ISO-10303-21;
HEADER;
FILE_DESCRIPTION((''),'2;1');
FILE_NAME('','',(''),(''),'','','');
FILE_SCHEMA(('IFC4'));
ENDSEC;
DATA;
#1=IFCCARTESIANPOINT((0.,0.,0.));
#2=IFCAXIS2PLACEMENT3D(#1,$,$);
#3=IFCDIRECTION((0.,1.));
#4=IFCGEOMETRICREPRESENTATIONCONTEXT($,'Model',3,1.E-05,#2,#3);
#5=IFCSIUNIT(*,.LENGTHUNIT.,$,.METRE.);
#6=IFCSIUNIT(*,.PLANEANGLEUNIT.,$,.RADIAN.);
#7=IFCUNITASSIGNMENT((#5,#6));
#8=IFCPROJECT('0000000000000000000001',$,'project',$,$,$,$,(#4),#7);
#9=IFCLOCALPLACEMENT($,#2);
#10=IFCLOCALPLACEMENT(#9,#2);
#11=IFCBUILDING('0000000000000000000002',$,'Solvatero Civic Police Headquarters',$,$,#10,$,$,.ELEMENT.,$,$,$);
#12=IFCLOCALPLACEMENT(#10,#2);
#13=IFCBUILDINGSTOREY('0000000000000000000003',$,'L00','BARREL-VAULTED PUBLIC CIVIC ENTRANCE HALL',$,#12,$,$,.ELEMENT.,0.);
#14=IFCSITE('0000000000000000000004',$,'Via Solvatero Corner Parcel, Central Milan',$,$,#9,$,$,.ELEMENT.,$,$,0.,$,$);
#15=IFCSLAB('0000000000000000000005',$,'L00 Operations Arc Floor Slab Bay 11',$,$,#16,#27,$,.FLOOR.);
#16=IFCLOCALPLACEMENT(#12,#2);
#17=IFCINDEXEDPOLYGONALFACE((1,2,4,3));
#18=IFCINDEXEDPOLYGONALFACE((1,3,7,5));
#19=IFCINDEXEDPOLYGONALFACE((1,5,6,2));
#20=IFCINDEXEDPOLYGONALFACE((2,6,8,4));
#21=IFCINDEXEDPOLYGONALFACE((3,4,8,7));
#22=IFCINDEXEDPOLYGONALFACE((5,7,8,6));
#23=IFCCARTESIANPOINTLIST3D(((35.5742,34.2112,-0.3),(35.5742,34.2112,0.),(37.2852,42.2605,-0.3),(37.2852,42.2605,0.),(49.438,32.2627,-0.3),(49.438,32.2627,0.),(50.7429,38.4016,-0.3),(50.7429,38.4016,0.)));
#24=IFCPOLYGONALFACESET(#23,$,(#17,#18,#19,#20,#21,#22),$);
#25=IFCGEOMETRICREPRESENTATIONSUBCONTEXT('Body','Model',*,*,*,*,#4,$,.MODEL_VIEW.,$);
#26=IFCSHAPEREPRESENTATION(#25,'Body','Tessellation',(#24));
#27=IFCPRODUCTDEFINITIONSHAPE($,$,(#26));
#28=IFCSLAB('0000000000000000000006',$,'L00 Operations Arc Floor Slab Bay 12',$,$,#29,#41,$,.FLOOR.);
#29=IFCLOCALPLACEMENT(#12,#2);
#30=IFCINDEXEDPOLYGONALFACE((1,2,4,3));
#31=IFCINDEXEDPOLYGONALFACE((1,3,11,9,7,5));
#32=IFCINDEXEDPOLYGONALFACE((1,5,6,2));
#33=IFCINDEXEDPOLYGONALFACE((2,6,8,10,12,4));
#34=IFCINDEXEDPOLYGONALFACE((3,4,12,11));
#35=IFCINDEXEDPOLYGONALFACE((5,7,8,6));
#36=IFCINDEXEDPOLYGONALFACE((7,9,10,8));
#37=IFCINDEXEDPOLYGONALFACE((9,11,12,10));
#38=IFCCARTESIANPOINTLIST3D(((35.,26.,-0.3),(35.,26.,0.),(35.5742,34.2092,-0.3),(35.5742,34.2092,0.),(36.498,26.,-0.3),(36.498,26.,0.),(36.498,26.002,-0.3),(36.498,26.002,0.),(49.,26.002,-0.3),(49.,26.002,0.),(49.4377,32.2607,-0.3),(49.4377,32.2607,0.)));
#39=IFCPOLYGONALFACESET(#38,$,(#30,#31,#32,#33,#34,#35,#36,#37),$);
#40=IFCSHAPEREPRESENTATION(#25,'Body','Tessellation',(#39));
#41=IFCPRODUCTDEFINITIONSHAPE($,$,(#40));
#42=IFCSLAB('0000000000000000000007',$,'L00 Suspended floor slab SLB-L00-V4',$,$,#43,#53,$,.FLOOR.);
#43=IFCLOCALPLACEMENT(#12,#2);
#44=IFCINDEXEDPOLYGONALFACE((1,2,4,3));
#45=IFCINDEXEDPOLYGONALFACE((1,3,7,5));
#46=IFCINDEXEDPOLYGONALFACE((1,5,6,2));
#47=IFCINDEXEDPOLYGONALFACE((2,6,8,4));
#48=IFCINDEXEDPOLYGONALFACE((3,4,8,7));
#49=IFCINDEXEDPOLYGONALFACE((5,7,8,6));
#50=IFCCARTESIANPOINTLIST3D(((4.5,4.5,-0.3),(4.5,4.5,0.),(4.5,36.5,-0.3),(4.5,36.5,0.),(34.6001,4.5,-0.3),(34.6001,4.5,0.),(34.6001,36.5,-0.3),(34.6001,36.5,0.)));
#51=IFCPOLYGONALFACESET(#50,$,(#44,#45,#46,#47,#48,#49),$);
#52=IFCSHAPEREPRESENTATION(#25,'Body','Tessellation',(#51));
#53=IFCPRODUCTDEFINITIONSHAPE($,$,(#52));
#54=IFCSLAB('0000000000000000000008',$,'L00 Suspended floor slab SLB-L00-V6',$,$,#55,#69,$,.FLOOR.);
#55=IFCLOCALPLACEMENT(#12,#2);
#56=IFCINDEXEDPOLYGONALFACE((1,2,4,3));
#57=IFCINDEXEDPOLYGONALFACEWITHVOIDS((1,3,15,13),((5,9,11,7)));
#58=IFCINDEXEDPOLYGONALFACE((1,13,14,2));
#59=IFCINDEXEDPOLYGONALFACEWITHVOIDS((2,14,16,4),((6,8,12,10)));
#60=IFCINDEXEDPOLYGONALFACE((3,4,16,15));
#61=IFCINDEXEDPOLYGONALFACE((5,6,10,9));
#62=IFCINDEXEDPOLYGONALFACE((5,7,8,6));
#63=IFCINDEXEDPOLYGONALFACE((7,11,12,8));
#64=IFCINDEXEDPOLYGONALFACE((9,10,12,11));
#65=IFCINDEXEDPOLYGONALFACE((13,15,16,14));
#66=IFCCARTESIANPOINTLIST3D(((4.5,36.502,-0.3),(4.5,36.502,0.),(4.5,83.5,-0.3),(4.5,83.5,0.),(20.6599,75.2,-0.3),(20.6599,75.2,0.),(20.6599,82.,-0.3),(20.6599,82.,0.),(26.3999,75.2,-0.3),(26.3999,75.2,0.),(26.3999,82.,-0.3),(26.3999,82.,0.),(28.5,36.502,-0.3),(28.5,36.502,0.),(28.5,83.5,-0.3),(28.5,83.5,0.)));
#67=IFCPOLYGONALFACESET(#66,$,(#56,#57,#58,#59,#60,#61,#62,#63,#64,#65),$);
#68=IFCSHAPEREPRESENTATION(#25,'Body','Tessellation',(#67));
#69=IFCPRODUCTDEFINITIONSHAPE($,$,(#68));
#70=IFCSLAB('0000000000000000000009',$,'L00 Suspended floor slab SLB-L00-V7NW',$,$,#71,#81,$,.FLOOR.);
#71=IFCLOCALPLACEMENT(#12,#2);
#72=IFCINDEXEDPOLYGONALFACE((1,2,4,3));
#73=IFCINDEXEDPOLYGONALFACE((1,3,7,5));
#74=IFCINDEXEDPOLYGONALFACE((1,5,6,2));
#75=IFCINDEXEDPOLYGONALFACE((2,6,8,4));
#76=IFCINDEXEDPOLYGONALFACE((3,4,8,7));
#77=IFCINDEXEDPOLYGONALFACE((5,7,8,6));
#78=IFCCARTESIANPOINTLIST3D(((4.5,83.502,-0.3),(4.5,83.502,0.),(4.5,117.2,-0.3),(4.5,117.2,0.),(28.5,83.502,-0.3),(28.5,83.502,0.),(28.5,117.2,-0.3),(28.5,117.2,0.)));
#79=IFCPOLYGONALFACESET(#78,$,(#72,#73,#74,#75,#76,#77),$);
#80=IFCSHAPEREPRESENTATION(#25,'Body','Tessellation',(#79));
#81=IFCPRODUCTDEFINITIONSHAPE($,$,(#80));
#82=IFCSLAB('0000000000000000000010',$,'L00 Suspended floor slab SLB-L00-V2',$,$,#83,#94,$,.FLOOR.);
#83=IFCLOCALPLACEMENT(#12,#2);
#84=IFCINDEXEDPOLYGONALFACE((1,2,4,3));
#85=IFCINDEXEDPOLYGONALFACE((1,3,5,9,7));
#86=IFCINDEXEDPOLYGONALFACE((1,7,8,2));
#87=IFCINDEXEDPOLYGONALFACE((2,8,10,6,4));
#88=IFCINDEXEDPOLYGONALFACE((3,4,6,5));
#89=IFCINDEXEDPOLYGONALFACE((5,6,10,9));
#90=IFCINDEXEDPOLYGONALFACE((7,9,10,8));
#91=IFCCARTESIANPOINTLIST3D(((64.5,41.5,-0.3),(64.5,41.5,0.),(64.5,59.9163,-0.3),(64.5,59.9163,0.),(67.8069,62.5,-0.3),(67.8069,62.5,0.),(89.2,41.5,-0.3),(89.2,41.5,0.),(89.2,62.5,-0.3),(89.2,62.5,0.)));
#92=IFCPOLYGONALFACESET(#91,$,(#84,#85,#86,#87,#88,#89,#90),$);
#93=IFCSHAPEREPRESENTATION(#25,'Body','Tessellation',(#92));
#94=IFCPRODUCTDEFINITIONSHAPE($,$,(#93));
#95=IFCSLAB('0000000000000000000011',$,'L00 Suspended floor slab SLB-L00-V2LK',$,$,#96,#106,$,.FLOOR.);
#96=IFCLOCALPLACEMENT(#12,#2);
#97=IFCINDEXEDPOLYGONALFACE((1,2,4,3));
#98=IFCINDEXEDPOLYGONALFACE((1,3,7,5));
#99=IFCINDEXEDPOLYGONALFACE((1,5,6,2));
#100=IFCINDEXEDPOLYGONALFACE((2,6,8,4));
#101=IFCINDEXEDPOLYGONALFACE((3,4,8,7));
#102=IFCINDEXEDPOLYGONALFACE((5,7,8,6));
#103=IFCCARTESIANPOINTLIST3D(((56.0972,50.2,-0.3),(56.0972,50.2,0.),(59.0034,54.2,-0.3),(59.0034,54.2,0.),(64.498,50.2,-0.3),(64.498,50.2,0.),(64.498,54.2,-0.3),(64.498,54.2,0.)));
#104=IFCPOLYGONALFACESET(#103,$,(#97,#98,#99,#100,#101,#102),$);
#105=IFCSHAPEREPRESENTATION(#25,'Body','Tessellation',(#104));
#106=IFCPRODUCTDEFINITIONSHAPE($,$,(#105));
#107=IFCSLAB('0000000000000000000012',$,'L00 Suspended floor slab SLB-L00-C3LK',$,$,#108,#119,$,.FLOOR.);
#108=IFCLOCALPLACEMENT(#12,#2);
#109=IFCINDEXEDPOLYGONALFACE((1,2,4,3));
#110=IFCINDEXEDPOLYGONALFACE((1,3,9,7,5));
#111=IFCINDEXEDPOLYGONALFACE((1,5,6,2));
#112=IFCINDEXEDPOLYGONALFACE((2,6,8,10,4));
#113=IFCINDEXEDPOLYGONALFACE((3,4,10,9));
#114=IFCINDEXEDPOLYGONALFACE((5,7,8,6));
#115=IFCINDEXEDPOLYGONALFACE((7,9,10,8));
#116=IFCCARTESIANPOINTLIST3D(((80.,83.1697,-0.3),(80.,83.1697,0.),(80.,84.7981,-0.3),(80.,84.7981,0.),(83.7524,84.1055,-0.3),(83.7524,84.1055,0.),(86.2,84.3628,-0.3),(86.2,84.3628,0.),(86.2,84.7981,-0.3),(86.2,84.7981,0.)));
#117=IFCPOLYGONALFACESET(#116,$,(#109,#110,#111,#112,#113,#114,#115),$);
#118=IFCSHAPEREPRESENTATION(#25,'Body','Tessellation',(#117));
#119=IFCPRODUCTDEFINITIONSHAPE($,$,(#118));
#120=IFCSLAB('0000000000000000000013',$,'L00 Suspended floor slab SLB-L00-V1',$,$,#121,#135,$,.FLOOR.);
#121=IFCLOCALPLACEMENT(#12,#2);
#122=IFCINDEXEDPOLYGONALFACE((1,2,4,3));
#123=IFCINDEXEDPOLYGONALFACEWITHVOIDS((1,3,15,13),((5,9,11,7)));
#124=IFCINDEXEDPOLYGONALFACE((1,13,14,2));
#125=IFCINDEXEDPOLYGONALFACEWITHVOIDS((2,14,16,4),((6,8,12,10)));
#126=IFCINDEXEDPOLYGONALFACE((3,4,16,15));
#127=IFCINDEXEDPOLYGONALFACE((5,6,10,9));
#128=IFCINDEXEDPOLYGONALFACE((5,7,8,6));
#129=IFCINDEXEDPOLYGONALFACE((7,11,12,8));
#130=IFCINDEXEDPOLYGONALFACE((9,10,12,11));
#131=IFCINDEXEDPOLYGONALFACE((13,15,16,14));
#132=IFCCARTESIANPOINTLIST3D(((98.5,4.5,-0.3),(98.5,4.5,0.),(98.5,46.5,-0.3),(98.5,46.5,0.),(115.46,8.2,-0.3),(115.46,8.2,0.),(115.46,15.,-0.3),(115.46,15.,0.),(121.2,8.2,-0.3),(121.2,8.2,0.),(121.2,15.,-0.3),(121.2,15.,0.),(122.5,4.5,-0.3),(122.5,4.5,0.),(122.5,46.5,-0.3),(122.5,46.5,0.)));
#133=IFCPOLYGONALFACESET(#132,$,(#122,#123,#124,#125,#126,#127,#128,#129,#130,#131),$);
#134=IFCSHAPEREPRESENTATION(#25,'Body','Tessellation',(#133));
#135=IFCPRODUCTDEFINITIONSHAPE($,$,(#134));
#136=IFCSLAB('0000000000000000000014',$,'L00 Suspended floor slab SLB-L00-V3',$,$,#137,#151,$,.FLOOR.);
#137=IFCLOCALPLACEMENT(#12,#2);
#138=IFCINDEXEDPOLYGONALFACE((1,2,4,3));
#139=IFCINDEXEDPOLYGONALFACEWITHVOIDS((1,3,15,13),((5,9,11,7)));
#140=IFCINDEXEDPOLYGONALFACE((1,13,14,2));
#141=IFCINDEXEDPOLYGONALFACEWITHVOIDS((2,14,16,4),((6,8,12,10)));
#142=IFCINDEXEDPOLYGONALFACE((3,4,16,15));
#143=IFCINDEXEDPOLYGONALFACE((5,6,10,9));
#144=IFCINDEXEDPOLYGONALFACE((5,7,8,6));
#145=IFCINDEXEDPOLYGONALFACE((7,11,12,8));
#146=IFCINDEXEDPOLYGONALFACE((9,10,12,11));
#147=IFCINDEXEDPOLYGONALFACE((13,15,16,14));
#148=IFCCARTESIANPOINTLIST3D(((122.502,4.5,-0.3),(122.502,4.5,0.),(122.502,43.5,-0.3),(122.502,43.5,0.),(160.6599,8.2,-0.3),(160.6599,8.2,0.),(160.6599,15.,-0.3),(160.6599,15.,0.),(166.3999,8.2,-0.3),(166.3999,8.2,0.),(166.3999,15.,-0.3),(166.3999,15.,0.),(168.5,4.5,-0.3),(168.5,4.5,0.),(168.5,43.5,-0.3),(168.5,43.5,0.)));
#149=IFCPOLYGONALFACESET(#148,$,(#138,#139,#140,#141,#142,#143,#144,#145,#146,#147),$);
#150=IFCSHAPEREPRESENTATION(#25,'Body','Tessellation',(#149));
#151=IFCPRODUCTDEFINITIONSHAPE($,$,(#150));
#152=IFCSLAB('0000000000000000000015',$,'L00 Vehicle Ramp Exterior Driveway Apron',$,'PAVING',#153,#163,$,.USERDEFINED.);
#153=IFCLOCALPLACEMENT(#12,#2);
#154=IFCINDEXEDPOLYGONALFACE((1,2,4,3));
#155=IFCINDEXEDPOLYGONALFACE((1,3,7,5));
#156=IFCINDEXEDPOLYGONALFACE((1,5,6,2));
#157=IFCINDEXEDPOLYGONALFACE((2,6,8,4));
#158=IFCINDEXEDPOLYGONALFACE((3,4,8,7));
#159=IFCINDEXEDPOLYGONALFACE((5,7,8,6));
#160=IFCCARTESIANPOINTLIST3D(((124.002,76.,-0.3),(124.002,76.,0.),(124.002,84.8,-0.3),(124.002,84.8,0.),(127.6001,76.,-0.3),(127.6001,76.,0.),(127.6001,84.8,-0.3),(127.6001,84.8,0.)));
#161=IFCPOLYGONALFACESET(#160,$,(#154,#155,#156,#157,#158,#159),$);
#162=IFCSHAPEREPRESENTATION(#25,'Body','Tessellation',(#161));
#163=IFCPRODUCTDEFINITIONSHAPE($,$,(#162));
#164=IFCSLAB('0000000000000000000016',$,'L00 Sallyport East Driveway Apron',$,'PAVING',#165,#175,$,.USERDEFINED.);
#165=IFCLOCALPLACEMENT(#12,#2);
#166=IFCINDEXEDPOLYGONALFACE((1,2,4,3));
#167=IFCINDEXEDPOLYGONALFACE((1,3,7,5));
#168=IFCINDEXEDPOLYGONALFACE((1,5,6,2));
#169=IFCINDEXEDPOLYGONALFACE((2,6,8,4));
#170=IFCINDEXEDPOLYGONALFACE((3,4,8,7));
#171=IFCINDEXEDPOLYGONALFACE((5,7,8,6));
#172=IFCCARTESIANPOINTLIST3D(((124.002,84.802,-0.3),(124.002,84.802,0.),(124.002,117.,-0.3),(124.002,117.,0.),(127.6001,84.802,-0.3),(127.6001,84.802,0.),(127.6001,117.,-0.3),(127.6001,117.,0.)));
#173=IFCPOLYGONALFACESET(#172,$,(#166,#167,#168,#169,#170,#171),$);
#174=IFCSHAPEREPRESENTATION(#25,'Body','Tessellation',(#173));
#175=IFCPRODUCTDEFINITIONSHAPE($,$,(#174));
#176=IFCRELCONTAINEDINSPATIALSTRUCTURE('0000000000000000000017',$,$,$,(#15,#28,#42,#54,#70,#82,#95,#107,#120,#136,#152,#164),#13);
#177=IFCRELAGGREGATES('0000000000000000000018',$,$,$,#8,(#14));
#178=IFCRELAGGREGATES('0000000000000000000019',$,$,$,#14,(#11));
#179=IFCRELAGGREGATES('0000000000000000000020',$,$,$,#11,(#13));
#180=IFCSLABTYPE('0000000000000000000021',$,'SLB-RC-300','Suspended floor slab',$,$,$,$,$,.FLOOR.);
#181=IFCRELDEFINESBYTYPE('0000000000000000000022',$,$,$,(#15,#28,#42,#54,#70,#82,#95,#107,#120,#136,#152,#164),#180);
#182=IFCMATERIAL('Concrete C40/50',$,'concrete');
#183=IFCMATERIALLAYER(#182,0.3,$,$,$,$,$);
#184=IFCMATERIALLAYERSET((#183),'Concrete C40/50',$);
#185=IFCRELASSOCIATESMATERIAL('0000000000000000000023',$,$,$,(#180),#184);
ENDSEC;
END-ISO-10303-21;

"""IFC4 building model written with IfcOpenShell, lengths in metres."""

from ifc_helpers import new_model, si_unit, direction, frame, origin, place, context, subcontext, project, spatial, polyline, outline, extrude, material, layer, layer_set, type_object, element, save


model = new_model("IFC4")

# Units and contexts
model_context = context("Model", 3, precision=1e-05, world=origin(), true_north=direction((0.0, 1.0)))
body_context = subcontext(model_context, "Body", "Model", "MODEL_VIEW")
ifc_project = project(units=[si_unit("LENGTHUNIT", "METRE"), si_unit("PLANEANGLEUNIT", "RADIAN")], contexts=[model_context])

# Site, building, storey
site_placement = place(None, origin())
site = spatial("IfcSite", under=ifc_project, at=site_placement, Name="Via Solvatero Corner Parcel, Central Milan", CompositionType="ELEMENT", RefElevation=0.0)
building_placement = place(site_placement, origin())
building = spatial("IfcBuilding", under=site, at=building_placement, Name="Solvatero Civic Police Headquarters", CompositionType="ELEMENT")
storey_placement = place(building_placement, origin())
storey = spatial("IfcBuildingStorey", under=building, at=storey_placement, Name="L00", Description="BARREL-VAULTED PUBLIC CIVIC ENTRANCE HALL", CompositionType="ELEMENT", Elevation=0.0)

# Slabs
ifc_material_1 = material(Name="Concrete C40/50", Category="concrete")
ifc_layer_1 = layer(ifc_material_1, 0.3)
ifc_layer_set_1 = layer_set([ifc_layer_1], Name="Concrete C40/50")
slab_type_1 = type_object("IfcSlabType", Name="SLB-RC-300", Description="Suspended floor slab", PredefinedType="FLOOR", material=ifc_layer_set_1)
slab_1_placement = place(storey_placement, frame((0.0, 0.0, -0.3)))
element("IfcSlab", 1, at=slab_1_placement, inside=storey, type_object=slab_type_1, Name="L00 Operations Arc Floor Slab Bay 11", PredefinedType="FLOOR", context=body_context, shape_type="SweptSolid", body=[
    extrude(outline(polyline([(37.2852, 42.2605), (50.7429, 38.4016), (49.438, 32.2627), (35.5742, 34.2112), (37.2852, 42.2605)])), origin(), (0.0, 0.0, 1.0), 0.3),
])
slab_2_placement = place(storey_placement, frame((0.0, 0.0, -0.3)))
element("IfcSlab", 2, at=slab_2_placement, inside=storey, type_object=slab_type_1, Name="L00 Operations Arc Floor Slab Bay 12", PredefinedType="FLOOR", context=body_context, shape_type="SweptSolid", body=[
    extrude(outline(polyline([(35.5742, 34.2092), (49.4377, 32.2607), (49.0, 26.002), (36.498, 26.002), (36.498, 26.0), (35.0, 26.0), (35.5742, 34.2092)])), origin(), (0.0, 0.0, 1.0), 0.3),
])
slab_3_placement = place(storey_placement, frame((0.0, 0.0, -0.3)))
element("IfcSlab", 3, at=slab_3_placement, inside=storey, type_object=slab_type_1, Name="L00 Suspended floor slab SLB-L00-V4", PredefinedType="FLOOR", context=body_context, shape_type="SweptSolid", body=[
    extrude(outline(polyline([(4.5, 36.5), (34.6001, 36.5), (34.6001, 4.5), (4.5, 4.5), (4.5, 36.5)])), origin(), (0.0, 0.0, 1.0), 0.3),
])
slab_4_placement = place(storey_placement, frame((0.0, 0.0, -0.3)))
element("IfcSlab", 4, at=slab_4_placement, inside=storey, type_object=slab_type_1, Name="L00 Suspended floor slab SLB-L00-V6", PredefinedType="FLOOR", context=body_context, shape_type="SweptSolid", body=[
    extrude(outline(polyline([(4.5, 83.5), (28.5, 83.5), (28.5, 36.502), (4.5, 36.502), (4.5, 83.5)]), holes=[polyline([(20.6599, 82.0), (20.6599, 75.2), (26.3999, 75.2), (26.3999, 82.0), (20.6599, 82.0)])]), origin(), (0.0, 0.0, 1.0), 0.3),
])
slab_5_placement = place(storey_placement, frame((0.0, 0.0, -0.3)))
element("IfcSlab", 5, at=slab_5_placement, inside=storey, type_object=slab_type_1, Name="L00 Suspended floor slab SLB-L00-V7NW", PredefinedType="FLOOR", context=body_context, shape_type="SweptSolid", body=[
    extrude(outline(polyline([(4.5, 117.2), (28.5, 117.2), (28.5, 83.502), (4.5, 83.502), (4.5, 117.2)])), origin(), (0.0, 0.0, 1.0), 0.3),
])
slab_6_placement = place(storey_placement, frame((0.0, 0.0, -0.3)))
element("IfcSlab", 6, at=slab_6_placement, inside=storey, type_object=slab_type_1, Name="L00 Suspended floor slab SLB-L00-V2", PredefinedType="FLOOR", context=body_context, shape_type="SweptSolid", body=[
    extrude(outline(polyline([(64.5, 41.5), (64.5, 59.9163), (67.8069, 62.5), (89.2, 62.5), (89.2, 41.5), (64.5, 41.5)])), origin(), (0.0, 0.0, 1.0), 0.3),
])
slab_7_placement = place(storey_placement, frame((0.0, 0.0, -0.3)))
element("IfcSlab", 7, at=slab_7_placement, inside=storey, type_object=slab_type_1, Name="L00 Suspended floor slab SLB-L00-V2LK", PredefinedType="FLOOR", context=body_context, shape_type="SweptSolid", body=[
    extrude(outline(polyline([(56.0972, 50.2), (59.0034, 54.2), (64.498, 54.2), (64.498, 50.2), (56.0972, 50.2)])), origin(), (0.0, 0.0, 1.0), 0.3),
])
slab_8_placement = place(storey_placement, frame((0.0, 0.0, -0.3)))
element("IfcSlab", 8, at=slab_8_placement, inside=storey, type_object=slab_type_1, Name="L00 Suspended floor slab SLB-L00-C3LK", PredefinedType="FLOOR", context=body_context, shape_type="SweptSolid", body=[
    extrude(outline(polyline([(80.0, 84.7981), (86.2, 84.7981), (86.2, 84.3628), (83.7524, 84.1055), (80.0, 83.1697), (80.0, 84.7981)])), origin(), (0.0, 0.0, 1.0), 0.3),
])
slab_9_placement = place(storey_placement, frame((0.0, 0.0, -0.3)))
element("IfcSlab", 9, at=slab_9_placement, inside=storey, type_object=slab_type_1, Name="L00 Suspended floor slab SLB-L00-V1", PredefinedType="FLOOR", context=body_context, shape_type="SweptSolid", body=[
    extrude(outline(polyline([(98.5, 46.5), (122.5, 46.5), (122.5, 4.5), (98.5, 4.5), (98.5, 46.5)]), holes=[polyline([(121.2, 15.0), (115.46, 15.0), (115.46, 8.2), (121.2, 8.2), (121.2, 15.0)])]), origin(), (0.0, 0.0, 1.0), 0.3),
])
slab_10_placement = place(storey_placement, frame((0.0, 0.0, -0.3)))
element("IfcSlab", 10, at=slab_10_placement, inside=storey, type_object=slab_type_1, Name="L00 Suspended floor slab SLB-L00-V3", PredefinedType="FLOOR", context=body_context, shape_type="SweptSolid", body=[
    extrude(outline(polyline([(168.5, 43.5), (168.5, 4.5), (122.502, 4.5), (122.502, 43.5), (168.5, 43.5)]), holes=[polyline([(166.3999, 15.0), (160.6599, 15.0), (160.6599, 8.2), (166.3999, 8.2), (166.3999, 15.0)])]), origin(), (0.0, 0.0, 1.0), 0.3),
])
slab_11_placement = place(storey_placement, frame((0.0, 0.0, -0.3)))
element("IfcSlab", 11, at=slab_11_placement, inside=storey, type_object=slab_type_1, Name="L00 Vehicle Ramp Exterior Driveway Apron", ObjectType="PAVING", PredefinedType="USERDEFINED", context=body_context, shape_type="SweptSolid", body=[
    extrude(outline(polyline([(127.6001, 84.8), (127.6001, 76.0), (124.002, 76.0), (124.002, 84.8), (127.6001, 84.8)])), origin(), (0.0, 0.0, 1.0), 0.3),
])
slab_12_placement = place(storey_placement, frame((0.0, 0.0, -0.3)))
element("IfcSlab", 12, at=slab_12_placement, inside=storey, type_object=slab_type_1, Name="L00 Sallyport East Driveway Apron", ObjectType="PAVING", PredefinedType="USERDEFINED", context=body_context, shape_type="SweptSolid", body=[
    extrude(outline(polyline([(127.6001, 117.0), (127.6001, 84.802), (124.002, 84.802), (124.002, 117.0), (127.6001, 117.0)])), origin(), (0.0, 0.0, 1.0), 0.3),
])

save(model, "model.ifc")
